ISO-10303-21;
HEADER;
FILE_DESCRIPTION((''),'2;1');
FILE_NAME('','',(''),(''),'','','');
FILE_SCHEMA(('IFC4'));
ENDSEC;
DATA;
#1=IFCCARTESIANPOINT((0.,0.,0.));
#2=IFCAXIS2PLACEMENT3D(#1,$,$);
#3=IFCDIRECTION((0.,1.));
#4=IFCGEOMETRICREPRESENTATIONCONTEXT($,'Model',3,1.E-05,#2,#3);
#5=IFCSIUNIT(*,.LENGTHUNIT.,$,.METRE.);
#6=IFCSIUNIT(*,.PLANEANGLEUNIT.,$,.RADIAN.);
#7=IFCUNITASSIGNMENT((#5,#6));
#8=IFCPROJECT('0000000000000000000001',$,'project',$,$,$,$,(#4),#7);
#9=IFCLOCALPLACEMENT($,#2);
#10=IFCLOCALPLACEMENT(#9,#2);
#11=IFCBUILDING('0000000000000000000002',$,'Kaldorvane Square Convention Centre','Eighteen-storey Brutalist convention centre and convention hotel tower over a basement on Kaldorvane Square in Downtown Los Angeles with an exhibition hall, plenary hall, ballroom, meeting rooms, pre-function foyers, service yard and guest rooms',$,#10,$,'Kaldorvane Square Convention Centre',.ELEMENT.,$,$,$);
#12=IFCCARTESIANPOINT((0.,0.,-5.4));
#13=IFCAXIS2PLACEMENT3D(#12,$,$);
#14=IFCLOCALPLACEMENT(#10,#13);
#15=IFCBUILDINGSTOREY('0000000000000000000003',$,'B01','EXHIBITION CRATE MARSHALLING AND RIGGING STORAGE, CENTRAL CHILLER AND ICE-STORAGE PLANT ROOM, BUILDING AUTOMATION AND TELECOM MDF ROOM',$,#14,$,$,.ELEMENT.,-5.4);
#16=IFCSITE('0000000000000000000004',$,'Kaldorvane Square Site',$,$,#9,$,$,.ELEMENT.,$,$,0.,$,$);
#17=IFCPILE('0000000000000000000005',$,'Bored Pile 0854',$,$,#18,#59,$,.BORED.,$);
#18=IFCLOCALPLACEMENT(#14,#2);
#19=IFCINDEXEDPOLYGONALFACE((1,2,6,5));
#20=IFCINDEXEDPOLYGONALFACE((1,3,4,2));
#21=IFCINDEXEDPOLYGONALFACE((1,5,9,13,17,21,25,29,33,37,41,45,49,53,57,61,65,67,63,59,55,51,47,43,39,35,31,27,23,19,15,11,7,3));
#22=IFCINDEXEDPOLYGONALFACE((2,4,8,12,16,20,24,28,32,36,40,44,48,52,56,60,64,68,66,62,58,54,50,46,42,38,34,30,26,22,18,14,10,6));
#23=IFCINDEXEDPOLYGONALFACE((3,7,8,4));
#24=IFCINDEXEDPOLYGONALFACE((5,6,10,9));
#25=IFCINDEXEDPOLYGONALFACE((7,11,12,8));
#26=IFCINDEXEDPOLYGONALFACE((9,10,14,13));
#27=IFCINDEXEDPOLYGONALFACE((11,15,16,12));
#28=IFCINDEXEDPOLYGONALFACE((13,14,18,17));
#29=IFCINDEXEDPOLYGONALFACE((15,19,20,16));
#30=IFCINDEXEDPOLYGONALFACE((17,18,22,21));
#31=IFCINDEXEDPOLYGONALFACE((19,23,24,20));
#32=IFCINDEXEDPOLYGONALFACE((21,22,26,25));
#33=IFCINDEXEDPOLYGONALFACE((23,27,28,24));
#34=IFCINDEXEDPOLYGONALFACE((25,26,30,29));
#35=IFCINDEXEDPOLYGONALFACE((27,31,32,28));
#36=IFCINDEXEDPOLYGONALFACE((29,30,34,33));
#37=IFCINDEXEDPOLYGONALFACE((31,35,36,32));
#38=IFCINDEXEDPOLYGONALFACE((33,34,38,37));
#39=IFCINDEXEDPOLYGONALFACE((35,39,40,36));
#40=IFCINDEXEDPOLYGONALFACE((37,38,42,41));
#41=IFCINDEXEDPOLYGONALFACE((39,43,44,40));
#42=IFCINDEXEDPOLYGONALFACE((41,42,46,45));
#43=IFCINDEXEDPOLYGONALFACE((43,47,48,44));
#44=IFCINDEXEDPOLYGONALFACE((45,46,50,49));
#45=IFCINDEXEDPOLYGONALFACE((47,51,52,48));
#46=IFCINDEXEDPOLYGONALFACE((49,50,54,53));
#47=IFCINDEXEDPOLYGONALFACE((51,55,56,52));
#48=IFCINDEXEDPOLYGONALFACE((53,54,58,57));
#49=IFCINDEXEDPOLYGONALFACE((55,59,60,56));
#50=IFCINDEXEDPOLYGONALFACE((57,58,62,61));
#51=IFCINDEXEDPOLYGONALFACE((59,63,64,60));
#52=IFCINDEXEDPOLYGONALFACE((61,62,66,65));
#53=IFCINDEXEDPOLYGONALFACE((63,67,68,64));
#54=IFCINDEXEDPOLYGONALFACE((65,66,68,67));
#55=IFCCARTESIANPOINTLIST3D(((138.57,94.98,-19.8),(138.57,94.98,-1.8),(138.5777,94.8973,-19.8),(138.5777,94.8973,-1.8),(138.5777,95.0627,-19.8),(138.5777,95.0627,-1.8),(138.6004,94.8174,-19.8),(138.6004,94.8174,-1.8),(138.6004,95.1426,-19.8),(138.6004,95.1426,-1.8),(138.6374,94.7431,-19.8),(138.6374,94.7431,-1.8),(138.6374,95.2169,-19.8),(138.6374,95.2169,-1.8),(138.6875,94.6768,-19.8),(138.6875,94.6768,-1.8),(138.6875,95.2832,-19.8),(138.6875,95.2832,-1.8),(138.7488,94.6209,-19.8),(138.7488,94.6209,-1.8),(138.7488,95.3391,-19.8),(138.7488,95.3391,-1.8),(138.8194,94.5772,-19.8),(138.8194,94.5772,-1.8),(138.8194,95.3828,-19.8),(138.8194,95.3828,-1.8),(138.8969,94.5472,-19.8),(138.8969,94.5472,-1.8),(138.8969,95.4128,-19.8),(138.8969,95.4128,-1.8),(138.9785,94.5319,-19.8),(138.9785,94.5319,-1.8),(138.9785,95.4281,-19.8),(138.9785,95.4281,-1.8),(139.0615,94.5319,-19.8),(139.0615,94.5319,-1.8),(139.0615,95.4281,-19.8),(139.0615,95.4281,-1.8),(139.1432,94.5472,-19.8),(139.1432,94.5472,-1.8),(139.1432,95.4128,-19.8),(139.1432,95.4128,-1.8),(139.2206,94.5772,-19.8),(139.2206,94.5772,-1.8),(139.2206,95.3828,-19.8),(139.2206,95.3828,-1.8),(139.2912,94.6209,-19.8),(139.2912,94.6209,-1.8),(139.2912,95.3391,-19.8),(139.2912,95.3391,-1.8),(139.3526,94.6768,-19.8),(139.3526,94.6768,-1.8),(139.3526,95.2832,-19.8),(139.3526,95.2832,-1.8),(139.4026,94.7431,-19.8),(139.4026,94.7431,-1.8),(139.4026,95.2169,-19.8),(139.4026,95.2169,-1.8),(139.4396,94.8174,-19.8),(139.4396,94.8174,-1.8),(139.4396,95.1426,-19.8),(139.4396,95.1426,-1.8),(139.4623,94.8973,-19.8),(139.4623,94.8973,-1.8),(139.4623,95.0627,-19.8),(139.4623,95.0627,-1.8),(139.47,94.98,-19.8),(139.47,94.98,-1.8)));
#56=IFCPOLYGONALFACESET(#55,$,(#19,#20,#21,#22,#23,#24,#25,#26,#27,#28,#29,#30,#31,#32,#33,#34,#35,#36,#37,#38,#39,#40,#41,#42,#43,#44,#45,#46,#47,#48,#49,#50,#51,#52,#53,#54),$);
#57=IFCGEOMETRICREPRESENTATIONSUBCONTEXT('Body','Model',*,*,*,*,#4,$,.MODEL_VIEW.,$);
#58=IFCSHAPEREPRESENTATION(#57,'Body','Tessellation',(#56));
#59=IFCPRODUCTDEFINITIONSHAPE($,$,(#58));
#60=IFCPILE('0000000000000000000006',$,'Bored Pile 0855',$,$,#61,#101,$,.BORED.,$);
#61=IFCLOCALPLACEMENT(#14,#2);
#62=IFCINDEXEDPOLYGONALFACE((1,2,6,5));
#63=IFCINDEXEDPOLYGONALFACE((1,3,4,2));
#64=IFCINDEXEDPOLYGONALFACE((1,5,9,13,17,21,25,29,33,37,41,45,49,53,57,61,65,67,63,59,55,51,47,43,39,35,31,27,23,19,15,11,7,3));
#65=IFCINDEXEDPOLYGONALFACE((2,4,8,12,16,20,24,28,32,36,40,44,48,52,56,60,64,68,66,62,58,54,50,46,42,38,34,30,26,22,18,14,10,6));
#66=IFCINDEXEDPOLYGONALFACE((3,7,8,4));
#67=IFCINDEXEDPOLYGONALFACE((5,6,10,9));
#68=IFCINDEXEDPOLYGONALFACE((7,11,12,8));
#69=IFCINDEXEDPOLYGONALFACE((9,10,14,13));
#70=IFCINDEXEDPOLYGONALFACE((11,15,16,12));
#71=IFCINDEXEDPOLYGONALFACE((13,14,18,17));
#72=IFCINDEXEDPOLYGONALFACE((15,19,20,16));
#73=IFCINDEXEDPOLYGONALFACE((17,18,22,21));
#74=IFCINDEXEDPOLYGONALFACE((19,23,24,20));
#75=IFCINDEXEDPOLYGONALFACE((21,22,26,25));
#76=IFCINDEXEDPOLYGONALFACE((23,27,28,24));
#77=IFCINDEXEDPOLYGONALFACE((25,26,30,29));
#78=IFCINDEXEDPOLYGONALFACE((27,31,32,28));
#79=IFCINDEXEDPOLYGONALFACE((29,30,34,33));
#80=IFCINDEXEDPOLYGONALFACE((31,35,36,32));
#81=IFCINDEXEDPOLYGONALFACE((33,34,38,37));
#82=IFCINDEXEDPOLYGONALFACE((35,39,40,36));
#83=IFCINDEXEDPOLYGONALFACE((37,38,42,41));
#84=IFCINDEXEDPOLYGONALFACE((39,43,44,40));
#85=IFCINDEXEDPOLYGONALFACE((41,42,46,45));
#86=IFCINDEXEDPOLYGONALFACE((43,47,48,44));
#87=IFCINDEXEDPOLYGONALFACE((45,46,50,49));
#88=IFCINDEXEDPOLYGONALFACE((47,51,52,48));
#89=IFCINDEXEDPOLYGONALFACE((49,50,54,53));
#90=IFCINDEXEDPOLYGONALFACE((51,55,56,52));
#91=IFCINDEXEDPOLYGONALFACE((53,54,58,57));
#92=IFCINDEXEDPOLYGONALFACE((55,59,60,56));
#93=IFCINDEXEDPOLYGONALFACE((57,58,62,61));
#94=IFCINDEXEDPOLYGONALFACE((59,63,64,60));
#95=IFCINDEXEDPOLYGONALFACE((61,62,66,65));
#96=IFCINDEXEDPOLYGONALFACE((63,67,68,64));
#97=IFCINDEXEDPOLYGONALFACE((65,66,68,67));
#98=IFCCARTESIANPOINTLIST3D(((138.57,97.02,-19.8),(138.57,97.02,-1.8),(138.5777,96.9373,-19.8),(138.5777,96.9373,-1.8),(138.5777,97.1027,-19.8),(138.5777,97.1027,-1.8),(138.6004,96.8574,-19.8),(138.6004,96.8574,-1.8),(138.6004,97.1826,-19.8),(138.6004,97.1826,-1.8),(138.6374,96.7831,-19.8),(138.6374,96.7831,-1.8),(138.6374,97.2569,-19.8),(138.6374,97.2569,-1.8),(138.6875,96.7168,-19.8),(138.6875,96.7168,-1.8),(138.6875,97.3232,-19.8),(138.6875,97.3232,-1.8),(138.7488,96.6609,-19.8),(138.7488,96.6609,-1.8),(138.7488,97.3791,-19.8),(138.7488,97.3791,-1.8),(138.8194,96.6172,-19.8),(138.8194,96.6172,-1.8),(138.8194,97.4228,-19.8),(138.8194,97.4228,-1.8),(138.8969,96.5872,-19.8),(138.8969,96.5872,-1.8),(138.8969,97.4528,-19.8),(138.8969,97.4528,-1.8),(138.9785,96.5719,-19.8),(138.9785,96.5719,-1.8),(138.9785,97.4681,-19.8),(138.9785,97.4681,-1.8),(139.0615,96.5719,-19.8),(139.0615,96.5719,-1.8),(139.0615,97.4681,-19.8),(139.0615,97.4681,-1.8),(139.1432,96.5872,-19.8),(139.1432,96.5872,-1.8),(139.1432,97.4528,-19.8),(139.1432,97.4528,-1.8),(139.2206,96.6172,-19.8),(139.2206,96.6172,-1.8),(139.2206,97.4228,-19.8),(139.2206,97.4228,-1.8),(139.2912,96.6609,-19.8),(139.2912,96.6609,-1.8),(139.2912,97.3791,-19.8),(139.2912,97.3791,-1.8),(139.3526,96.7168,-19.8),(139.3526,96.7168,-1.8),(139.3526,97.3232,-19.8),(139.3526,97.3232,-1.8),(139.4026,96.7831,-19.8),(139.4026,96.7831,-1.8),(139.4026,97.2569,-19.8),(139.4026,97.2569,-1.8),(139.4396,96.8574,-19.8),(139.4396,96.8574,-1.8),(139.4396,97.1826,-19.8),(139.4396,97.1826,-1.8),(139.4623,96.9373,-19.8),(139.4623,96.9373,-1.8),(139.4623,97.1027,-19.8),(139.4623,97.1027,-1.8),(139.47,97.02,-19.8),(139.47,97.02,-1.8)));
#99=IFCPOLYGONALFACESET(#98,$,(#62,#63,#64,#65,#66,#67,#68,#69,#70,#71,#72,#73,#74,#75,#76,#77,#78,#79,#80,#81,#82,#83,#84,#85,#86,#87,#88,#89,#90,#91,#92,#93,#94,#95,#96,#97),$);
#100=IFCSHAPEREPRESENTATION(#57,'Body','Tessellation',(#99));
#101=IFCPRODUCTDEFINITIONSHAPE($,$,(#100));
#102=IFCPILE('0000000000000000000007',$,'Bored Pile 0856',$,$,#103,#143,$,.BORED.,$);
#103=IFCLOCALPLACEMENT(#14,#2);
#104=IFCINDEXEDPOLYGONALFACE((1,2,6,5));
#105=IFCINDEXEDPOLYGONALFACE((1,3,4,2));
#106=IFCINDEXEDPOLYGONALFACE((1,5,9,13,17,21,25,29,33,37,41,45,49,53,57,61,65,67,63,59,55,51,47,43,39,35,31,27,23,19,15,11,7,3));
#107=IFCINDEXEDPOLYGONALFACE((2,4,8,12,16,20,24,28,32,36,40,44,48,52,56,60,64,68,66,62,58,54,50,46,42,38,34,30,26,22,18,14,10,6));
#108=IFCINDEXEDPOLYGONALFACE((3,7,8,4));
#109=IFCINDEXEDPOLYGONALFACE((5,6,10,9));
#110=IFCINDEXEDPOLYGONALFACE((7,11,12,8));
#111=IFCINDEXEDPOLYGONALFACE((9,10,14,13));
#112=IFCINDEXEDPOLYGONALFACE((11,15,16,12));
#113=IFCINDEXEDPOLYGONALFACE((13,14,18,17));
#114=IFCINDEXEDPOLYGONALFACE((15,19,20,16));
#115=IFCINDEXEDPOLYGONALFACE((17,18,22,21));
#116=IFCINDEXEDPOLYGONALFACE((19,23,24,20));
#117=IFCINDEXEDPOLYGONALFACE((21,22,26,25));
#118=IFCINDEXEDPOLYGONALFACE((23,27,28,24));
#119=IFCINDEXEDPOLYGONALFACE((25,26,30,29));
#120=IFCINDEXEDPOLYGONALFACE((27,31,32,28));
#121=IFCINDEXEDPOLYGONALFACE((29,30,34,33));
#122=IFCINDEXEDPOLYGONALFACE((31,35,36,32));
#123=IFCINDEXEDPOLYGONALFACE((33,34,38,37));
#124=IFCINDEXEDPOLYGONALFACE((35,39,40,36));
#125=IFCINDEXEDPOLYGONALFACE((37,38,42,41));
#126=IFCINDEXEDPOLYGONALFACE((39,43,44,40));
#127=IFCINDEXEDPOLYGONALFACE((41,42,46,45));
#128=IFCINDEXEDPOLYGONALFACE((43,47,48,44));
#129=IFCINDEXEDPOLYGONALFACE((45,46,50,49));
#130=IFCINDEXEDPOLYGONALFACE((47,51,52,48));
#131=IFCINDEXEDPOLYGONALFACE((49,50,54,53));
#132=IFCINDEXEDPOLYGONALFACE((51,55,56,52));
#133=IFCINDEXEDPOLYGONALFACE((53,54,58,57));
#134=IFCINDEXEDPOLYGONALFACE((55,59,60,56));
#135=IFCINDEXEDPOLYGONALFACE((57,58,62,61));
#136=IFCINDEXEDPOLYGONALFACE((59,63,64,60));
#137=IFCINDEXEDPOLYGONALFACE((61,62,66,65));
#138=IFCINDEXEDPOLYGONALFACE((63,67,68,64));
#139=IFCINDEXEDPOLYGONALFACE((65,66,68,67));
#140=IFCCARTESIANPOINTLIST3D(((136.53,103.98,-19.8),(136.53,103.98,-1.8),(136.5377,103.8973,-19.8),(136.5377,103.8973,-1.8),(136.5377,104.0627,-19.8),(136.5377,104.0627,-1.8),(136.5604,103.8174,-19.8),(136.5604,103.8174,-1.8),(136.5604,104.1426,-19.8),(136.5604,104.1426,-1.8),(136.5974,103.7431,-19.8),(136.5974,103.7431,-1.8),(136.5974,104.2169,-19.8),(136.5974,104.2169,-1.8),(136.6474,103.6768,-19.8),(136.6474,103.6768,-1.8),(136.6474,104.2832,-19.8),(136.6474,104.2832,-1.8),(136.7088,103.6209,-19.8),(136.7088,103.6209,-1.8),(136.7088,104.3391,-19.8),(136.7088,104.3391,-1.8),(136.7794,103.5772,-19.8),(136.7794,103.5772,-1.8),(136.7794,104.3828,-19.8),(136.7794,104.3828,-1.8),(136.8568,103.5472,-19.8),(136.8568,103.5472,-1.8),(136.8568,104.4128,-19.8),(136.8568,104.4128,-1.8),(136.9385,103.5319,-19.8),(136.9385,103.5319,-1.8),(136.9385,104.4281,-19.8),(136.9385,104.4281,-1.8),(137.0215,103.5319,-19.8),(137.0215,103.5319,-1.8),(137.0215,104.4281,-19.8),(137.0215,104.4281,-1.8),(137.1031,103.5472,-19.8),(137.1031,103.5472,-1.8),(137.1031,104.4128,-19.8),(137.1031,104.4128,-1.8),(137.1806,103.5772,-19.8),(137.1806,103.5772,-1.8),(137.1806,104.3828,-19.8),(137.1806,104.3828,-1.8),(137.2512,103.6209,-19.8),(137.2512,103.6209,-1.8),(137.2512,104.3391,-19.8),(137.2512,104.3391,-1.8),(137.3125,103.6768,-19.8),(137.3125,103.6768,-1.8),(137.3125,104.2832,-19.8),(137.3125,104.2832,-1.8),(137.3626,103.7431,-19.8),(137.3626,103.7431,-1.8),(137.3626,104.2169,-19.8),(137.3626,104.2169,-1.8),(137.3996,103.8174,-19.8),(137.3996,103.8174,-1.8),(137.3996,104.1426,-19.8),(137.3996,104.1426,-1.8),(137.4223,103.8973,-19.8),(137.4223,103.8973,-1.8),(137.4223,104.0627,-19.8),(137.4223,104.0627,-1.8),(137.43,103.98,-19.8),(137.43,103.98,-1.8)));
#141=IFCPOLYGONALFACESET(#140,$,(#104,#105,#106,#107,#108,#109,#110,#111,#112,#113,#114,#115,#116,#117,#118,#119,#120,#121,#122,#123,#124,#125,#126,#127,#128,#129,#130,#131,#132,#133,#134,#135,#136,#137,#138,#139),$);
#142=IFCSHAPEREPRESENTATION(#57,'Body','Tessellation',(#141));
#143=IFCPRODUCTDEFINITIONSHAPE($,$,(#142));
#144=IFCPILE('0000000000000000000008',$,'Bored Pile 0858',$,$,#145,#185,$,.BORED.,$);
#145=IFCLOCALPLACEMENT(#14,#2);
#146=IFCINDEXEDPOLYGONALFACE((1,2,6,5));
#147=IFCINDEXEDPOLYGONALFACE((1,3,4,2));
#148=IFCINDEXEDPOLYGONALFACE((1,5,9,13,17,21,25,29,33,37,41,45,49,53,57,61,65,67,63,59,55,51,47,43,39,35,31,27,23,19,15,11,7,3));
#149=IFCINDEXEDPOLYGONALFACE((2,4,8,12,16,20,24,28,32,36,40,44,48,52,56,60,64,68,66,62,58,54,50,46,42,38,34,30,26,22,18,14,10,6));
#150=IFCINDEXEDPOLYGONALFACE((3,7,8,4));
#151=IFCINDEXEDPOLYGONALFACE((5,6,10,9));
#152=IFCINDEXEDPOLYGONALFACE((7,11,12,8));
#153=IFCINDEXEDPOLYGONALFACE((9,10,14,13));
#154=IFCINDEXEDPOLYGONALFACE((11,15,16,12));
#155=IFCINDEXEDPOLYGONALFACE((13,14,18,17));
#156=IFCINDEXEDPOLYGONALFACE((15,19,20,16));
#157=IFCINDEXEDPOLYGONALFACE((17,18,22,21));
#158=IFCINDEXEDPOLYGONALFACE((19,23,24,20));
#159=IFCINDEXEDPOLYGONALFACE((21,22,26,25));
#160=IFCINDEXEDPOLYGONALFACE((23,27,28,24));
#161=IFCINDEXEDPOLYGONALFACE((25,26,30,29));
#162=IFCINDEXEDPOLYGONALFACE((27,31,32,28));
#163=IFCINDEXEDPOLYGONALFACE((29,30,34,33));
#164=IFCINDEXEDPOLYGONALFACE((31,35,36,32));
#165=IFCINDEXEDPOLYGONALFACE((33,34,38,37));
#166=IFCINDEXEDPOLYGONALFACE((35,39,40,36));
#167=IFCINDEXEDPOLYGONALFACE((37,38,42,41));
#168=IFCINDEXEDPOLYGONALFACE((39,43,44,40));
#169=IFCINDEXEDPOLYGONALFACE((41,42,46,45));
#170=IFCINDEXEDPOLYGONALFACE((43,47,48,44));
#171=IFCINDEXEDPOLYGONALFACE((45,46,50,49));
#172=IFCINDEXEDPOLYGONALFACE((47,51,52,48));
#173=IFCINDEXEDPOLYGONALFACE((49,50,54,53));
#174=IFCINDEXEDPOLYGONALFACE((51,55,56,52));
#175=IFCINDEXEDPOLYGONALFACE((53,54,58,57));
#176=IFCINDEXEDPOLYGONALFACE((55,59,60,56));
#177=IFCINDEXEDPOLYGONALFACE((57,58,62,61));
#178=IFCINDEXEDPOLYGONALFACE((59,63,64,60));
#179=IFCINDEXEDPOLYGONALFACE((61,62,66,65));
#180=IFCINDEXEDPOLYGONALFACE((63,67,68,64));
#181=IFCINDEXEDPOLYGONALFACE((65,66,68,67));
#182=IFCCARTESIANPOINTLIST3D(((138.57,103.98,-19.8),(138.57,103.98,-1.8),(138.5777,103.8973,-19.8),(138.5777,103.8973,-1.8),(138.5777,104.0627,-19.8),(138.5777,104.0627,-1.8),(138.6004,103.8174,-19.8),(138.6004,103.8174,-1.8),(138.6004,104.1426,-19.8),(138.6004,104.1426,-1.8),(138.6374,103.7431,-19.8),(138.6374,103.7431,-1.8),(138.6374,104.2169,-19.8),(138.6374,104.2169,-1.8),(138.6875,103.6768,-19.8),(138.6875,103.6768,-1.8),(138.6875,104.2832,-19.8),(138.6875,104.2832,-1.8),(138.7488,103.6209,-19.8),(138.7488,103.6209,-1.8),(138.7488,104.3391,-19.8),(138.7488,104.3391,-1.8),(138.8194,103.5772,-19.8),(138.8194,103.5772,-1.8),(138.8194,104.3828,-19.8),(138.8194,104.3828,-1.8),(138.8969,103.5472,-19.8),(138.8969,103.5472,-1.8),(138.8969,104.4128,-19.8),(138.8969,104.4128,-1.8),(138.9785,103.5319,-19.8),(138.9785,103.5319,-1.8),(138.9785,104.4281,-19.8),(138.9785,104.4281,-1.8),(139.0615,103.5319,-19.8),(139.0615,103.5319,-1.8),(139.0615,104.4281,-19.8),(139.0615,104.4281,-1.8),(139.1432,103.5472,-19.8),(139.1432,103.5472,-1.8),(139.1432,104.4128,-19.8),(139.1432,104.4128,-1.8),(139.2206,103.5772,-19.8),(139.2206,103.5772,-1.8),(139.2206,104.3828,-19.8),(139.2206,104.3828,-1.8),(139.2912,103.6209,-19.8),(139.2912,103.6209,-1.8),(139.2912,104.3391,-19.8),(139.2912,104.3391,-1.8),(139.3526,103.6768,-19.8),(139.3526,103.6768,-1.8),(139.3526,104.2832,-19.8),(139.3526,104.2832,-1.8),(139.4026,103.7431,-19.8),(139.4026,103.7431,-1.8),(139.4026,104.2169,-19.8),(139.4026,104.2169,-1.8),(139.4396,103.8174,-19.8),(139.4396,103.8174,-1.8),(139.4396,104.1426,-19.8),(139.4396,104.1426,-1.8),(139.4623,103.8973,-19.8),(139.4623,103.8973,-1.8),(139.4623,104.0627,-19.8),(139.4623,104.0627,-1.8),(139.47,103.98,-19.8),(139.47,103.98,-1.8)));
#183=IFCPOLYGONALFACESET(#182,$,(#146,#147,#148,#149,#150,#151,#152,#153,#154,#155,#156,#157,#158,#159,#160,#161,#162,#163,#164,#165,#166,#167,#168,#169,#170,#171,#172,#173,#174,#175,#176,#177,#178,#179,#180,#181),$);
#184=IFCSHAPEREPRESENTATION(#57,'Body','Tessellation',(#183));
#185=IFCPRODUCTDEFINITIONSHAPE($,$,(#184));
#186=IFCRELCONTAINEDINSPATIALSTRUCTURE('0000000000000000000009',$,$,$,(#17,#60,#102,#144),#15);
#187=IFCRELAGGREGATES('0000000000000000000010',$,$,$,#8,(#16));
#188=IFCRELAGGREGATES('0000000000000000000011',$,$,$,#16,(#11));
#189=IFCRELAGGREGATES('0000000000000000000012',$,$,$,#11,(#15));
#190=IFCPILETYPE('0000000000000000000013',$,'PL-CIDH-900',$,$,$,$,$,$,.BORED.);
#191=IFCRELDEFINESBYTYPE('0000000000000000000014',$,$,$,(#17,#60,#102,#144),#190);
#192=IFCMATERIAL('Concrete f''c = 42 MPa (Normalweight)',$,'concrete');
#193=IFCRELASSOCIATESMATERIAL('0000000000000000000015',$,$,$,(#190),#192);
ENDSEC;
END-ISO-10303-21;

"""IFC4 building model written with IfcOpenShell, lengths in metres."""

from ifc_helpers import new_model, si_unit, direction, frame, origin, origin_2d, place, context, subcontext, project, spatial, circle, extrude, material, material_profile, profile_set, type_object, element, save


model = new_model("IFC4")

# Units and contexts
model_context = context("Model", 3, precision=1e-05, world=origin(), true_north=direction((0.0, 1.0)))
body_context = subcontext(model_context, "Body", "Model", "MODEL_VIEW")
ifc_project = project(units=[si_unit("LENGTHUNIT", "METRE"), si_unit("PLANEANGLEUNIT", "RADIAN")], contexts=[model_context])

# Site, building, storey
site_placement = place(None, origin())
site = spatial("IfcSite", under=ifc_project, at=site_placement, Name="Kaldorvane Square Site", CompositionType="ELEMENT", RefElevation=0.0)
building_placement = place(site_placement, origin())
building = spatial("IfcBuilding", under=site, at=building_placement, Name="Kaldorvane Square Convention Centre", Description="Eighteen-storey Brutalist convention centre and convention hotel tower over a basement on Kaldorvane Square in Downtown Los Angeles with an exhibition hall, plenary hall, ballroom, meeting rooms, pre-function foyers, service yard and guest rooms", LongName="Kaldorvane Square Convention Centre", CompositionType="ELEMENT")
storey_placement = place(building_placement, frame((0.0, 0.0, -5.4)))
storey = spatial("IfcBuildingStorey", under=building, at=storey_placement, Name="B01", Description="EXHIBITION CRATE MARSHALLING AND RIGGING STORAGE, CENTRAL CHILLER AND ICE-STORAGE PLANT ROOM, BUILDING AUTOMATION AND TELECOM MDF ROOM", CompositionType="ELEMENT", Elevation=-5.4)

# Shared definitions
ifc_material_1 = material(Name="Concrete f'c = 42 MPa (Normalweight)", Category="concrete")

# Piles
ifc_material_profile_1 = material_profile(ifc_material_1, circle(Radius=0.45, at=origin_2d()), Name="PILE-D900")
ifc_profile_set_1 = profile_set([ifc_material_profile_1], Name="Concrete f'c = 42 MPa (Normalweight)")
pile_type_1 = type_object("IfcPileType", Name="PL-CIDH-900", PredefinedType="BORED", material=ifc_profile_set_1)
for number, where, z_axis, x_axis, name in (
    (1, (139.02, 94.98, -1.8), (0.0, 0.0, -1.0), (1.0, 0.0, 0.0), "Bored Pile 0854"),
    (2, (139.02, 97.02, -1.8), (0.0, 0.0, -1.0), (1.0, 0.0, 0.0), "Bored Pile 0855"),
    (3, (136.98, 103.98, -1.8), (0.0, 0.0, -1.0), (1.0, 0.0, 0.0), "Bored Pile 0856"),
    (4, (139.02, 103.98, -1.8), (0.0, 0.0, -1.0), (1.0, 0.0, 0.0), "Bored Pile 0858"),
):
    element("IfcPile", number, at=place(storey_placement, frame(where, z_axis=z_axis, x_axis=x_axis)), inside=storey, type_object=pile_type_1, Name=name, PredefinedType="BORED", context=body_context, shape_type="SweptSolid", body=[
        extrude(circle(Radius=0.45, at=origin_2d()), origin(), (0.0, 0.0, 1.0), 18.0),
    ])

save(model, "model.ifc")
